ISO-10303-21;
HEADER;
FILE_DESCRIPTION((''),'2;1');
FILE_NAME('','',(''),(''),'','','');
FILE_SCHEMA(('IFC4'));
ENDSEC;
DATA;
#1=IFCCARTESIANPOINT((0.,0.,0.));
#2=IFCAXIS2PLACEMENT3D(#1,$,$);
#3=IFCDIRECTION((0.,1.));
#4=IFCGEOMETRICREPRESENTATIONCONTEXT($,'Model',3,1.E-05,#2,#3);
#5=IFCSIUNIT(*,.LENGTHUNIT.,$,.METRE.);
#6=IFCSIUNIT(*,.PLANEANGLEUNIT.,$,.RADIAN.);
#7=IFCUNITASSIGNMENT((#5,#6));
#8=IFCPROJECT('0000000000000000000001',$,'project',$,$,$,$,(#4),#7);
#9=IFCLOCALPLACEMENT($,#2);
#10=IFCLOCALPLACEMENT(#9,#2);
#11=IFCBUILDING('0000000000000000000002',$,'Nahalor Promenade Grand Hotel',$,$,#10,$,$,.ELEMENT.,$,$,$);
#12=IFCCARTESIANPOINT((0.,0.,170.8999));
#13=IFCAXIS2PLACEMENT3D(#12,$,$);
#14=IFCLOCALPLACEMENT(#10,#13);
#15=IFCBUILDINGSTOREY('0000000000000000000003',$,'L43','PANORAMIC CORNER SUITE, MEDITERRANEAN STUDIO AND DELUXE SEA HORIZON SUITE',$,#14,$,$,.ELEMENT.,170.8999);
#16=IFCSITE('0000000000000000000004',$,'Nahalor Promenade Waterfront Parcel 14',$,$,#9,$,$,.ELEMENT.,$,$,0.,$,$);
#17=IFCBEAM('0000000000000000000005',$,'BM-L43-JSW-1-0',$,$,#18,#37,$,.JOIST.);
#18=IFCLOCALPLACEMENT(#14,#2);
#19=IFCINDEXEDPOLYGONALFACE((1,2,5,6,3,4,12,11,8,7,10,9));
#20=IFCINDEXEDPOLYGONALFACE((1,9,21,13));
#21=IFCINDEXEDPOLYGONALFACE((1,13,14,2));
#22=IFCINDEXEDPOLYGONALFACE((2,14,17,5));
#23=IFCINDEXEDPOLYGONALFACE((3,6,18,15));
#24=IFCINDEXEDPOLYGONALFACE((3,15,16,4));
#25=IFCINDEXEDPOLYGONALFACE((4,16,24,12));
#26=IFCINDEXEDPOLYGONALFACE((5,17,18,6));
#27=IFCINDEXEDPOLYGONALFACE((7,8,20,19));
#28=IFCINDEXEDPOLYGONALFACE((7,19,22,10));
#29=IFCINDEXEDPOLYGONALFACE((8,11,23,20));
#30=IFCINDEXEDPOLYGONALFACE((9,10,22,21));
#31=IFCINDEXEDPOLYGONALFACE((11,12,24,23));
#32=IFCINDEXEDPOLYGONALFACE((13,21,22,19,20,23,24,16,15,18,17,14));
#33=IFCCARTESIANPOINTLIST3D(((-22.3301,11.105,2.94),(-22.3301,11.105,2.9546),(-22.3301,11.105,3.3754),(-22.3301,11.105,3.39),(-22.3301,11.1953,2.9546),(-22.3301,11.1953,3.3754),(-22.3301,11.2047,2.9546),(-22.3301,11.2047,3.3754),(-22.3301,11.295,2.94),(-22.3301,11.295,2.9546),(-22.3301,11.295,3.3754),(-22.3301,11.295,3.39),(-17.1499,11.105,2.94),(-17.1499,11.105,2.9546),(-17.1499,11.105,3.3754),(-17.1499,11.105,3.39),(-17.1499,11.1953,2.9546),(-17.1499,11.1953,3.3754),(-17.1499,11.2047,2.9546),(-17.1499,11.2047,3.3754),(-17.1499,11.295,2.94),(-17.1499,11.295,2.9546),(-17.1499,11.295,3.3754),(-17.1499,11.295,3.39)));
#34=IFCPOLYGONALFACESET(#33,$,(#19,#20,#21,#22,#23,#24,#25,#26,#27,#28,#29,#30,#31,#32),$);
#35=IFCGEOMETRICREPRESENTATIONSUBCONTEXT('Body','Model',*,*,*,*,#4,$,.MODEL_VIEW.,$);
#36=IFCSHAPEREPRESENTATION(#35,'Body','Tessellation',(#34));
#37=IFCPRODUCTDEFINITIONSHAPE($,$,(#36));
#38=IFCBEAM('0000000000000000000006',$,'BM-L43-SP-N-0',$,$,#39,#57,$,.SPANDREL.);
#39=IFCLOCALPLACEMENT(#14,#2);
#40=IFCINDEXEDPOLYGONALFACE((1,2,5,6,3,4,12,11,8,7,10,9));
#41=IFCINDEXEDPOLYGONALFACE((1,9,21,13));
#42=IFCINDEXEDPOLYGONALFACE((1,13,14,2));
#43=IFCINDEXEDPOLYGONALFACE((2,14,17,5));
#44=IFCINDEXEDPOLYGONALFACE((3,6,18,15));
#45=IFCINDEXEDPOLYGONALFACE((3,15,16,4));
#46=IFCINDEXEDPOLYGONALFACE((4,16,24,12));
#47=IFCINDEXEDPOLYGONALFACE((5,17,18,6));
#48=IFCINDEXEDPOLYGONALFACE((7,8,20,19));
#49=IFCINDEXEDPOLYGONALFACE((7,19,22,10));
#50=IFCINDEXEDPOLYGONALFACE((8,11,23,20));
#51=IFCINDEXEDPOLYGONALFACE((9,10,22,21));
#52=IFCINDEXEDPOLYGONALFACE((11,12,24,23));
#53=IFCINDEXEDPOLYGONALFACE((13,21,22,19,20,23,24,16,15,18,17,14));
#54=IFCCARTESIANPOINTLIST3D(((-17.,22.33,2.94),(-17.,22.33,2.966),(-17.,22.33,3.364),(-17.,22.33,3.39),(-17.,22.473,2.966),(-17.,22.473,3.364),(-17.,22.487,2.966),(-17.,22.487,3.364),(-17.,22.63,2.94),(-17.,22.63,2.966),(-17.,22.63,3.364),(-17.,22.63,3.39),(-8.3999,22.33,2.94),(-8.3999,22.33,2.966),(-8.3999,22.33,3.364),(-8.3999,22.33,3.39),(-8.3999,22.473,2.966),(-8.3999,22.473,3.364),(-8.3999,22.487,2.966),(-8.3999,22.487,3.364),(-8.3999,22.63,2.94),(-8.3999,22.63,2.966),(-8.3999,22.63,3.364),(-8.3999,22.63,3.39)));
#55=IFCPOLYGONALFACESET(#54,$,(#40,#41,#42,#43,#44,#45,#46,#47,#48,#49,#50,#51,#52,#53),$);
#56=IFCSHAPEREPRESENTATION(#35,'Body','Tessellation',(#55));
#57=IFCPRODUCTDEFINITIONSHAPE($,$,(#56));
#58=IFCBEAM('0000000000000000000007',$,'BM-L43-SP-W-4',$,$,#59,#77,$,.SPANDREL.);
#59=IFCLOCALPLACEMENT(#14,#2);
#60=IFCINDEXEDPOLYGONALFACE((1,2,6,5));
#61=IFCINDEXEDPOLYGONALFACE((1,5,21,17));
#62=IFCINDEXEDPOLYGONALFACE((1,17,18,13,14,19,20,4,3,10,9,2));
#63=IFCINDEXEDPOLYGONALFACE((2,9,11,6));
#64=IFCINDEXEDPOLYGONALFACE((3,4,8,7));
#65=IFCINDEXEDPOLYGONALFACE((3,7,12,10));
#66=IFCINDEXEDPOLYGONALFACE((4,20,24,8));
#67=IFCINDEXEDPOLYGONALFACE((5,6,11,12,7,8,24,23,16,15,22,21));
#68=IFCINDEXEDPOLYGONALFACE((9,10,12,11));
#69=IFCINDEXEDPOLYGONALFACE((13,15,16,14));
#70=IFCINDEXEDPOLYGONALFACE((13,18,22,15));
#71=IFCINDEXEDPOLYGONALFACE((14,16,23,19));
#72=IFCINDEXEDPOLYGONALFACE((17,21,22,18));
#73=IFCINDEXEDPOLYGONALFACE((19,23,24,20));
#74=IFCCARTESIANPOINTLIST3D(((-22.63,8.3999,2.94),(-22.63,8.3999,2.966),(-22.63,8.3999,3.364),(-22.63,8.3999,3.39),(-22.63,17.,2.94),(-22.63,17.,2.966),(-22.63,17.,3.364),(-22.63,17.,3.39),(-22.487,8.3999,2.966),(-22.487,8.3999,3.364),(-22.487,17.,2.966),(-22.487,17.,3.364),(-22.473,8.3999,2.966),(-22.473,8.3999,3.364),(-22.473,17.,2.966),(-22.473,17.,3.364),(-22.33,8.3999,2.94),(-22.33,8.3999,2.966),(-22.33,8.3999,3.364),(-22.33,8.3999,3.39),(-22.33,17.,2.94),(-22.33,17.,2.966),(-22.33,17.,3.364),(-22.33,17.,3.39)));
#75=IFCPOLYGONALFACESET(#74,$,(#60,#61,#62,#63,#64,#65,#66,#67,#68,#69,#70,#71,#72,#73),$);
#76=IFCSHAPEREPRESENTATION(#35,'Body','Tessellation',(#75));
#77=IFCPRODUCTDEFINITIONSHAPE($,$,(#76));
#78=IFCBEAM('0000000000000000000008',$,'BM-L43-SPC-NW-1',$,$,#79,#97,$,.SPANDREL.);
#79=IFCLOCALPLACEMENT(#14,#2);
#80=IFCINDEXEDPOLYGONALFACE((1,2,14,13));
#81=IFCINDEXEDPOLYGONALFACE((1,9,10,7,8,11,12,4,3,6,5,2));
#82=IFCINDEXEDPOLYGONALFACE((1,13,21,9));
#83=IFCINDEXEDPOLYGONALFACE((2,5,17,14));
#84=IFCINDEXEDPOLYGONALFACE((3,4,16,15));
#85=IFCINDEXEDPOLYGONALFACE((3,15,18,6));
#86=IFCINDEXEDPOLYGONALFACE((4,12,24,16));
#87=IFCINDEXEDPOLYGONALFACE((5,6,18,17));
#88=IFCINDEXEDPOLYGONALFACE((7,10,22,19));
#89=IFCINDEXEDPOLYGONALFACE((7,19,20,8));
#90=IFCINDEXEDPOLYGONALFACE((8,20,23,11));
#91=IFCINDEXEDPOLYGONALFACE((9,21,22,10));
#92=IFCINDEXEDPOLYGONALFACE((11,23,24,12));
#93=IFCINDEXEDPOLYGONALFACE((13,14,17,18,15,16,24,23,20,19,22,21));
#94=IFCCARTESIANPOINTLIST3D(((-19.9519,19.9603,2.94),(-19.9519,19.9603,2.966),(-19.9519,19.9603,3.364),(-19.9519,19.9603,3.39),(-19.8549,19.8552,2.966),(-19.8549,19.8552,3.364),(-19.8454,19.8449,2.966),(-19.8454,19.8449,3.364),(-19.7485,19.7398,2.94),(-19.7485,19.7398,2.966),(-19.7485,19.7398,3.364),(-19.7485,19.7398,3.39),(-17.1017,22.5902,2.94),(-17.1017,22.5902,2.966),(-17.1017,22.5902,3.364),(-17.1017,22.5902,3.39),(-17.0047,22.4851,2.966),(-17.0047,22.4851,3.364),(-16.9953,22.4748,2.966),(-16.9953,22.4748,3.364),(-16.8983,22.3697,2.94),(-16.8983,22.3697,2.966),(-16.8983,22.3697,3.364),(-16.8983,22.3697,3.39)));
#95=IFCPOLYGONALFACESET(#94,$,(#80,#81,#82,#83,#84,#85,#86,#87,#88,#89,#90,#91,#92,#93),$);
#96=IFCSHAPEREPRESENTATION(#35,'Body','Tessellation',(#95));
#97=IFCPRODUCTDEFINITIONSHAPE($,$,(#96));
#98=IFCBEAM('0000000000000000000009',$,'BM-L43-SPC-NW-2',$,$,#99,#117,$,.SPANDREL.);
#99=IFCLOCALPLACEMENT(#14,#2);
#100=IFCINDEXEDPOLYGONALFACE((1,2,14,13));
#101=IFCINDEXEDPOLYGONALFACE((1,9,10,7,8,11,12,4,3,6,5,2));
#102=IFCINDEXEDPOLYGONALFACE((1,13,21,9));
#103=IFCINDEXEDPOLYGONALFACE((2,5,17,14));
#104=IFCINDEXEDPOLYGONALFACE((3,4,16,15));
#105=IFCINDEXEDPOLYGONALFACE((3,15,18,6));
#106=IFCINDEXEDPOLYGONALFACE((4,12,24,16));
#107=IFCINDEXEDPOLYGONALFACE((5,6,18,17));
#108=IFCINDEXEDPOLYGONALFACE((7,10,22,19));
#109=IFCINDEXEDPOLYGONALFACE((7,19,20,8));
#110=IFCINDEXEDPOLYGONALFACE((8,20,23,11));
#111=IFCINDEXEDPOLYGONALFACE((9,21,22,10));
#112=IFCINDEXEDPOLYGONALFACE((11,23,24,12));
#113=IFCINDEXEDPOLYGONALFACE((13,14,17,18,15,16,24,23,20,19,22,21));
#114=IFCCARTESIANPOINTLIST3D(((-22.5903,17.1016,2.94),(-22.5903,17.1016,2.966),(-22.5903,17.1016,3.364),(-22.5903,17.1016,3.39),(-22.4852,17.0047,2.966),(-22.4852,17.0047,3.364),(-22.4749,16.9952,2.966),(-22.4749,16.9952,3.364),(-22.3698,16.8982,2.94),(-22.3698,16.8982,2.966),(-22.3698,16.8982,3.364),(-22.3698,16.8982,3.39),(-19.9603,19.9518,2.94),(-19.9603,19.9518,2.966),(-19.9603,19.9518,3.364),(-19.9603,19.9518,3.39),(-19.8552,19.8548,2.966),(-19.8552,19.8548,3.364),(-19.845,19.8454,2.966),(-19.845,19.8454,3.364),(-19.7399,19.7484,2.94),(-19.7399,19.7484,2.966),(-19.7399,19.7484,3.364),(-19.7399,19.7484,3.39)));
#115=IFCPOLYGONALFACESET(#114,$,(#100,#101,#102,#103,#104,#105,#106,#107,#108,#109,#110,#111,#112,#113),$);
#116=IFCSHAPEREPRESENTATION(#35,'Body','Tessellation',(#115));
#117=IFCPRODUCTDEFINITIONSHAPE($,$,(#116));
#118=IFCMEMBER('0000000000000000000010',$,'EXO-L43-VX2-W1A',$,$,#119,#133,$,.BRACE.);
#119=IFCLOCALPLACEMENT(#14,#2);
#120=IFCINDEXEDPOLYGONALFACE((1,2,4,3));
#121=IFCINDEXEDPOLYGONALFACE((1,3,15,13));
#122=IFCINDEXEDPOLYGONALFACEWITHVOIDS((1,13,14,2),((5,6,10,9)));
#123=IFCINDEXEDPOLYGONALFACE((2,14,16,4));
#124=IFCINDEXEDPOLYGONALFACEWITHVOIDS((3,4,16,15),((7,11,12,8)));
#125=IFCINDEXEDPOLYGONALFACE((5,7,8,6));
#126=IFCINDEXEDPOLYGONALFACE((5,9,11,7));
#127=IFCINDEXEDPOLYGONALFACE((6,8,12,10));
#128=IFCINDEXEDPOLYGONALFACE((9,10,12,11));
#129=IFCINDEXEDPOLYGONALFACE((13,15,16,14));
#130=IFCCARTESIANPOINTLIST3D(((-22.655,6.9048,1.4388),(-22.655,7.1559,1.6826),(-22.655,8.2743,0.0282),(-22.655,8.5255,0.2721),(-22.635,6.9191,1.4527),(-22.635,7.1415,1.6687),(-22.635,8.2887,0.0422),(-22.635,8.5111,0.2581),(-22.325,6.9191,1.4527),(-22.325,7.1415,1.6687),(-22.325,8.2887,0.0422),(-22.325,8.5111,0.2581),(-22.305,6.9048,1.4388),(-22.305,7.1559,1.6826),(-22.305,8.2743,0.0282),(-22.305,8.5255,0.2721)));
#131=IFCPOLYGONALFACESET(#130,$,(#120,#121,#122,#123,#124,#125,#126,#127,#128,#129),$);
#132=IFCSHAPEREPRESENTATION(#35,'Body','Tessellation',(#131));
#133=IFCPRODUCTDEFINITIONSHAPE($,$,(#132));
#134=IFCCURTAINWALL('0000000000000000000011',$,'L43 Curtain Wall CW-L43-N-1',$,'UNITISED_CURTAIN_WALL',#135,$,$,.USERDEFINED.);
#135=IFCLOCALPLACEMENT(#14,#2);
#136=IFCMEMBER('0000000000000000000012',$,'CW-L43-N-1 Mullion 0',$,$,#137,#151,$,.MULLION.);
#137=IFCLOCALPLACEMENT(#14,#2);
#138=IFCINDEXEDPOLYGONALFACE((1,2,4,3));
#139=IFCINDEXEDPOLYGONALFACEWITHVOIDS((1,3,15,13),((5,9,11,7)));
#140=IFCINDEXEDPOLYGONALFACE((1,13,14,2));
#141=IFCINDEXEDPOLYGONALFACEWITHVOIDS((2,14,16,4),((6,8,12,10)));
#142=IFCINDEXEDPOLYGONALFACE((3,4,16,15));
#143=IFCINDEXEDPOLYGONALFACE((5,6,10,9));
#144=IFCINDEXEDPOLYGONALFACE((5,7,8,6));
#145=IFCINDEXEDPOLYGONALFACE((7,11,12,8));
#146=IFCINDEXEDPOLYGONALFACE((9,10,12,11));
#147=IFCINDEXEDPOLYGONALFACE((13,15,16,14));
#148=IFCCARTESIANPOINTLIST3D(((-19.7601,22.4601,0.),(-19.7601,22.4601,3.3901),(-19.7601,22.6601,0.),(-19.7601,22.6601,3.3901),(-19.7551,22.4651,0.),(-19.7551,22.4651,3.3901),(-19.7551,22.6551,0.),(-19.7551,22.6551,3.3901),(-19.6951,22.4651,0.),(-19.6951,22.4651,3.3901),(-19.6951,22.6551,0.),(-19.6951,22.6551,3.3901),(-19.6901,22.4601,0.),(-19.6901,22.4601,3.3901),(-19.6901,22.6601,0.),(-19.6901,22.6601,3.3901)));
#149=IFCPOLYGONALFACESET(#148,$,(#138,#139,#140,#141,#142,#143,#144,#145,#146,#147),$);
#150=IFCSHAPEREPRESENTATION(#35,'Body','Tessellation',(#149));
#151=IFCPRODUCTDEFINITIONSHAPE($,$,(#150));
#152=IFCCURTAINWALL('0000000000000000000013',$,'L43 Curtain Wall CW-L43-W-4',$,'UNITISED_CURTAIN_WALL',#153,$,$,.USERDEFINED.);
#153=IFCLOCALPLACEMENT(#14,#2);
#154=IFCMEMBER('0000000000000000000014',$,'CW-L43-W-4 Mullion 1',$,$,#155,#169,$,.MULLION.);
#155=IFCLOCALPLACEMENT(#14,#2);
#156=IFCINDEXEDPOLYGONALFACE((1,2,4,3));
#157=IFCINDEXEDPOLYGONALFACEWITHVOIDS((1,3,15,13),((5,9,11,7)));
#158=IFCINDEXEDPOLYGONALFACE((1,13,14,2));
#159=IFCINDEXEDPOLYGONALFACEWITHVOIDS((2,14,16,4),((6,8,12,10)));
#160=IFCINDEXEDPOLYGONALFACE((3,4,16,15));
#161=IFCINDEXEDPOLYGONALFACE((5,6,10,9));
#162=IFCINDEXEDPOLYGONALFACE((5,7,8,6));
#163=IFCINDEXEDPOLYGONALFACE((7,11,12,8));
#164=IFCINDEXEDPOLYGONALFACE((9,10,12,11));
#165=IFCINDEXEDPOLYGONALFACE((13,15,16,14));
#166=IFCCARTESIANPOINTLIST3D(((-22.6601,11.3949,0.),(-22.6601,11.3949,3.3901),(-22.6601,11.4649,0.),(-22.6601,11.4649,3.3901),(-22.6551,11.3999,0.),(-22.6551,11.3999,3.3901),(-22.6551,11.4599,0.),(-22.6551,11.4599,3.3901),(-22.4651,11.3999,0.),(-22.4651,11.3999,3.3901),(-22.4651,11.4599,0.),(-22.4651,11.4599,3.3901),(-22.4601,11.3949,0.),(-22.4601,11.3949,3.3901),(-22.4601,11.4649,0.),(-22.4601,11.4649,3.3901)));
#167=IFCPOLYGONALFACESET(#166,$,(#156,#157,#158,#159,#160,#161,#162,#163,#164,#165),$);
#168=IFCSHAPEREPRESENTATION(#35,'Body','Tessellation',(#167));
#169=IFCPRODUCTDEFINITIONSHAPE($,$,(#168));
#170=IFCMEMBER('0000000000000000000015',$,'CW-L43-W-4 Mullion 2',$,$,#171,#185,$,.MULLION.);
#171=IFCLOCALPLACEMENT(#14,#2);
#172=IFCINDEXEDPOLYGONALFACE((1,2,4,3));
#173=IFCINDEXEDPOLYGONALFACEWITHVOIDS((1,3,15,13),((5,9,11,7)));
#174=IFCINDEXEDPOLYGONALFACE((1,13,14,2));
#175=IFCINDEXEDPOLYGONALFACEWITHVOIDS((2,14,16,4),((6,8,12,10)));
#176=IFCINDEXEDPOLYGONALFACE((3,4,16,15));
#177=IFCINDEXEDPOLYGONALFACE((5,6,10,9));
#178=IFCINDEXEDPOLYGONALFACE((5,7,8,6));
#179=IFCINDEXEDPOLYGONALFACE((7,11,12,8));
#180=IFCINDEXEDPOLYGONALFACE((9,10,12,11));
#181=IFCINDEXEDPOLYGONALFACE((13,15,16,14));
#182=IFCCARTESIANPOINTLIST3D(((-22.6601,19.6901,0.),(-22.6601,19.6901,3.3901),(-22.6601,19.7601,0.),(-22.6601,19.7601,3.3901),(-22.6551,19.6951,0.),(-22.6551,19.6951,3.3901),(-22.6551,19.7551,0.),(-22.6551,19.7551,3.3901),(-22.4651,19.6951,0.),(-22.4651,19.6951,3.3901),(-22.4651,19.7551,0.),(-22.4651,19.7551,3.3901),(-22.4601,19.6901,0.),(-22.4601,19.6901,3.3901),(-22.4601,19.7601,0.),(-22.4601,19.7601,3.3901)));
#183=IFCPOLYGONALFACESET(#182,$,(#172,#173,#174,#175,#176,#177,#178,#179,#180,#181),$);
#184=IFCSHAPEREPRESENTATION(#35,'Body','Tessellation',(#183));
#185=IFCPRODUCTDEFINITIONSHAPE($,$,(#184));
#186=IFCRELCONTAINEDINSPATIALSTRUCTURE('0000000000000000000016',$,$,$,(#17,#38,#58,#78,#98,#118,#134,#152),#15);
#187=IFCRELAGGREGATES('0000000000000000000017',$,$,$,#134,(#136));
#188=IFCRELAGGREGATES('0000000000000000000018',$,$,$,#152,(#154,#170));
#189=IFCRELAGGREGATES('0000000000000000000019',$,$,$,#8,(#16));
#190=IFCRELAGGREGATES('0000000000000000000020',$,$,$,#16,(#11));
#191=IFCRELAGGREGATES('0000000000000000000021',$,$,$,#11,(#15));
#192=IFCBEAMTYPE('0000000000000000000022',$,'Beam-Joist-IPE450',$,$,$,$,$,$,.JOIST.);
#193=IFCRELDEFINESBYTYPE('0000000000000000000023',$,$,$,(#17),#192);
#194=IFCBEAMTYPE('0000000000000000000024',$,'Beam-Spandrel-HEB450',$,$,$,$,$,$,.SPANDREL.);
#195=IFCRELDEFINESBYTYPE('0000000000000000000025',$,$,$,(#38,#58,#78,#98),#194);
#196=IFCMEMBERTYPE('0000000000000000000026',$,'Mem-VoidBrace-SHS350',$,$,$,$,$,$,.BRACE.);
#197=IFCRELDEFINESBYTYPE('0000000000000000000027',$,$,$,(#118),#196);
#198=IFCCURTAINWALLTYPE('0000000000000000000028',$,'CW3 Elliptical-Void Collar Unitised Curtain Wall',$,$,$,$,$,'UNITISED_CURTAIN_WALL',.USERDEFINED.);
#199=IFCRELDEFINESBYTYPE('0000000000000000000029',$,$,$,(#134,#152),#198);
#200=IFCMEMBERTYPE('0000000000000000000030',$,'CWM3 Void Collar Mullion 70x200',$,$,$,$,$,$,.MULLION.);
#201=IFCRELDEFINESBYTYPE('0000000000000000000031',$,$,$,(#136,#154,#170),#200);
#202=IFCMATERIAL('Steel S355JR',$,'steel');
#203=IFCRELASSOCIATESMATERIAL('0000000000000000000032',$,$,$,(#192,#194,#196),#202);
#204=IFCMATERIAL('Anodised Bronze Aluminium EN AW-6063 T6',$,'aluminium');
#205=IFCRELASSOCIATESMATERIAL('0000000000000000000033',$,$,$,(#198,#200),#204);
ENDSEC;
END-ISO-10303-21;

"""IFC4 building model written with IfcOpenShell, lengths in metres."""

from ifc_helpers import new_model, si_unit, direction, frame, origin, origin_2d, place, context, subcontext, project, spatial, hollow_rectangle, i_section, extrude, source, transform, mapped, material, material_profile, profile_set, type_object, element, aggregate, save


model = new_model("IFC4")

# Units and contexts
model_context = context("Model", 3, precision=1e-05, world=origin(), true_north=direction((0.0, 1.0)))
body_context = subcontext(model_context, "Body", "Model", "MODEL_VIEW")
ifc_project = project(units=[si_unit("LENGTHUNIT", "METRE"), si_unit("PLANEANGLEUNIT", "RADIAN")], contexts=[model_context])

# Site, building, storey
site_placement = place(None, origin())
site = spatial("IfcSite", under=ifc_project, at=site_placement, Name="Nahalor Promenade Waterfront Parcel 14", CompositionType="ELEMENT", RefElevation=0.0)
building_placement = place(site_placement, origin())
building = spatial("IfcBuilding", under=site, at=building_placement, Name="Nahalor Promenade Grand Hotel", CompositionType="ELEMENT")
storey_placement = place(building_placement, frame((0.0, 0.0, 170.8999)))
storey = spatial("IfcBuildingStorey", under=building, at=storey_placement, Name="L43", Description="PANORAMIC CORNER SUITE, MEDITERRANEAN STUDIO AND DELUXE SEA HORIZON SUITE", CompositionType="ELEMENT", Elevation=170.8999)

# Beams
ifc_material_1 = material(Name="Steel S355JR", Category="steel")
ifc_material_profile_1 = material_profile(ifc_material_1, i_section(OverallWidth=0.19, OverallDepth=0.45, WebThickness=0.0094, FlangeThickness=0.0146, at=origin_2d()), Name="IPE 450")
ifc_profile_set_1 = profile_set([ifc_material_profile_1], Name="Steel S355JR")
beam_type_1 = type_object("IfcBeamType", Name="Beam-Joist-IPE450", PredefinedType="JOIST", material=ifc_profile_set_1)
shared_shape_1 = source(origin(), body_context, "Body", "SweptSolid", [
    extrude(i_section(OverallWidth=0.19, OverallDepth=0.45, WebThickness=0.0094, FlangeThickness=0.0146, at=origin_2d()), origin(), (0.0, 0.0, 1.0), 5.1802),
])
beam_1_placement = place(storey_placement, frame((-22.3301, 11.2, 3.165), z_axis=(1.0, 0.0, 0.0), x_axis=(0.0, 1.0, 0.0)))
element("IfcBeam", 1, at=beam_1_placement, inside=storey, type_object=beam_type_1, Name="BM-L43-JSW-1-0", PredefinedType="JOIST", context=body_context, shape_type="MappedRepresentation", body=[
    mapped(shared_shape_1, transform((0.0, 0.0, 0.0), scale=1.0)),
])
ifc_material_profile_2 = material_profile(ifc_material_1, i_section(OverallWidth=0.3, OverallDepth=0.45, WebThickness=0.014, FlangeThickness=0.026, at=origin_2d()), Name="HEB 450")
ifc_profile_set_2 = profile_set([ifc_material_profile_2], Name="Steel S355JR")
beam_type_2 = type_object("IfcBeamType", Name="Beam-Spandrel-HEB450", PredefinedType="SPANDREL", material=ifc_profile_set_2)
shared_shape_2 = source(origin(), body_context, "Body", "SweptSolid", [
    extrude(i_section(OverallWidth=0.3, OverallDepth=0.45, WebThickness=0.014, FlangeThickness=0.026, at=origin_2d()), origin(), (0.0, 0.0, 1.0), 8.6001),
])
for number, where, z_axis, x_axis, name in (
    (2, (-17.0, 22.48, 3.165), (1.0, 0.0, 0.0), (0.0, 1.0, 0.0), "BM-L43-SP-N-0"),
    (3, (-22.48, 8.3999, 3.165), (0.0, 1.0, 0.0), (-1.0, 0.0, 0.0), "BM-L43-SP-W-4"),
):
    element("IfcBeam", number, at=place(storey_placement, frame(where, z_axis=z_axis, x_axis=x_axis)), inside=storey, type_object=beam_type_2, Name=name, PredefinedType="SPANDREL", context=body_context, shape_type="MappedRepresentation", body=[
        mapped(shared_shape_2, transform((0.0, 0.0, 0.0), scale=1.0)),
    ])
shared_shape_3 = source(origin(), body_context, "Body", "SweptSolid", [
    extrude(i_section(OverallWidth=0.3, OverallDepth=0.45, WebThickness=0.014, FlangeThickness=0.026, at=origin_2d()), origin(), (0.0, 0.0, 1.0), 3.8782),
])
for number, where, z_axis, x_axis, name in (
    (4, (-17.0, 22.48, 3.165), (-0.734929, -0.678144, 0.0), (0.678144, -0.734929, 0.0), "BM-L43-SPC-NW-1"),
    (5, (-19.8501, 19.8501, 3.165), (-0.678144, -0.734929, 0.0), (0.734929, -0.678144, 0.0), "BM-L43-SPC-NW-2"),
):
    element("IfcBeam", number, at=place(storey_placement, frame(where, z_axis=z_axis, x_axis=x_axis)), inside=storey, type_object=beam_type_2, Name=name, PredefinedType="SPANDREL", context=body_context, shape_type="MappedRepresentation", body=[
        mapped(shared_shape_3, transform((0.0, 0.0, 0.0), scale=1.0)),
    ])

# Member
ifc_material_profile_3 = material_profile(ifc_material_1, hollow_rectangle(XDim=0.35, YDim=0.35, WallThickness=0.02, at=origin_2d()), Name="SHS 350x350x20")
ifc_profile_set_3 = profile_set([ifc_material_profile_3], Name="Steel S355JR")
member_type_1 = type_object("IfcMemberType", Name="Mem-VoidBrace-SHS350", PredefinedType="BRACE", material=ifc_profile_set_3)
shared_shape_4 = source(origin(), body_context, "Body", "SweptSolid", [
    extrude(hollow_rectangle(XDim=0.35, YDim=0.35, WallThickness=0.02, at=origin_2d()), origin(), (0.0, 0.0, 1.0), 1.9661),
])
member_1_placement = place(storey_placement, frame((-22.48, 8.3999, 0.1501), z_axis=(0.0, -0.696599, 0.71746), x_axis=(1.0, 0.0, 0.0)))
element("IfcMember", 6, at=member_1_placement, inside=storey, type_object=member_type_1, Name="EXO-L43-VX2-W1A", PredefinedType="BRACE", context=body_context, shape_type="MappedRepresentation", body=[
    mapped(shared_shape_4, transform((0.0, 0.0, 0.0), scale=1.0)),
])

# Curtain wall, member
ifc_material_2 = material(Name="Anodised Bronze Aluminium EN AW-6063 T6", Category="aluminium")
curtain_wall_type = type_object("IfcCurtainWallType", Name="CW3 Elliptical-Void Collar Unitised Curtain Wall", ElementType="UNITISED_CURTAIN_WALL", PredefinedType="USERDEFINED", material=ifc_material_2)
curtain_wall_1_placement = place(storey_placement, origin())
curtain_wall_1 = element("IfcCurtainWall", 7, at=curtain_wall_1_placement, inside=storey, type_object=curtain_wall_type, Name="L43 Curtain Wall CW-L43-N-1", ObjectType="UNITISED_CURTAIN_WALL", PredefinedType="USERDEFINED")
ifc_material_profile_4 = material_profile(ifc_material_2, hollow_rectangle(XDim=0.07, YDim=0.2, WallThickness=0.005, at=origin_2d()), Name="CWM 70x200x5")
ifc_profile_set_4 = profile_set([ifc_material_profile_4], Name="Anodised Bronze Aluminium EN AW-6063 T6")
member_type_2 = type_object("IfcMemberType", Name="CWM3 Void Collar Mullion 70x200", PredefinedType="MULLION", material=ifc_profile_set_4)
shared_shape_5 = source(origin(), body_context, "Body", "SweptSolid", [
    extrude(hollow_rectangle(XDim=0.07, YDim=0.2, WallThickness=0.005, at=origin_2d()), origin(), (0.0, 0.0, 1.0), 3.3901),
])
member_2_placement = place(storey_placement, frame((-19.7251, 22.5601, 0.0), z_axis=(0.0, 0.0, 1.0), x_axis=(1.0, 0.0, 0.0)))
member_2 = element("IfcMember", 8, at=member_2_placement, type_object=member_type_2, Name="CW-L43-N-1 Mullion 0", PredefinedType="MULLION", context=body_context, shape_type="MappedRepresentation", body=[
    mapped(shared_shape_5, transform((0.0, 0.0, 0.0), scale=1.0)),
])

# Curtain wall, members
curtain_wall_2_placement = place(storey_placement, origin())
curtain_wall_2 = element("IfcCurtainWall", 9, at=curtain_wall_2_placement, inside=storey, type_object=curtain_wall_type, Name="L43 Curtain Wall CW-L43-W-4", ObjectType="UNITISED_CURTAIN_WALL", PredefinedType="USERDEFINED")
member_3_placement = place(storey_placement, frame((-22.5601, 11.4299, 0.0), z_axis=(0.0, 0.0, 1.0), x_axis=(0.0, 1.0, 0.0)))
member_3 = element("IfcMember", 10, at=member_3_placement, type_object=member_type_2, Name="CW-L43-W-4 Mullion 1", PredefinedType="MULLION", context=body_context, shape_type="MappedRepresentation", body=[
    mapped(shared_shape_5, transform((0.0, 0.0, 0.0), scale=1.0)),
])
member_4_placement = place(storey_placement, frame((-22.5601, 19.7251, 0.0), z_axis=(0.0, 0.0, 1.0), x_axis=(0.0, 1.0, 0.0)))
member_4 = element("IfcMember", 11, at=member_4_placement, type_object=member_type_2, Name="CW-L43-W-4 Mullion 2", PredefinedType="MULLION", context=body_context, shape_type="MappedRepresentation", body=[
    mapped(shared_shape_5, transform((0.0, 0.0, 0.0), scale=1.0)),
])

aggregate(curtain_wall_1, [member_2])
aggregate(curtain_wall_2, [member_3, member_4])

save(model, "model.ifc")
